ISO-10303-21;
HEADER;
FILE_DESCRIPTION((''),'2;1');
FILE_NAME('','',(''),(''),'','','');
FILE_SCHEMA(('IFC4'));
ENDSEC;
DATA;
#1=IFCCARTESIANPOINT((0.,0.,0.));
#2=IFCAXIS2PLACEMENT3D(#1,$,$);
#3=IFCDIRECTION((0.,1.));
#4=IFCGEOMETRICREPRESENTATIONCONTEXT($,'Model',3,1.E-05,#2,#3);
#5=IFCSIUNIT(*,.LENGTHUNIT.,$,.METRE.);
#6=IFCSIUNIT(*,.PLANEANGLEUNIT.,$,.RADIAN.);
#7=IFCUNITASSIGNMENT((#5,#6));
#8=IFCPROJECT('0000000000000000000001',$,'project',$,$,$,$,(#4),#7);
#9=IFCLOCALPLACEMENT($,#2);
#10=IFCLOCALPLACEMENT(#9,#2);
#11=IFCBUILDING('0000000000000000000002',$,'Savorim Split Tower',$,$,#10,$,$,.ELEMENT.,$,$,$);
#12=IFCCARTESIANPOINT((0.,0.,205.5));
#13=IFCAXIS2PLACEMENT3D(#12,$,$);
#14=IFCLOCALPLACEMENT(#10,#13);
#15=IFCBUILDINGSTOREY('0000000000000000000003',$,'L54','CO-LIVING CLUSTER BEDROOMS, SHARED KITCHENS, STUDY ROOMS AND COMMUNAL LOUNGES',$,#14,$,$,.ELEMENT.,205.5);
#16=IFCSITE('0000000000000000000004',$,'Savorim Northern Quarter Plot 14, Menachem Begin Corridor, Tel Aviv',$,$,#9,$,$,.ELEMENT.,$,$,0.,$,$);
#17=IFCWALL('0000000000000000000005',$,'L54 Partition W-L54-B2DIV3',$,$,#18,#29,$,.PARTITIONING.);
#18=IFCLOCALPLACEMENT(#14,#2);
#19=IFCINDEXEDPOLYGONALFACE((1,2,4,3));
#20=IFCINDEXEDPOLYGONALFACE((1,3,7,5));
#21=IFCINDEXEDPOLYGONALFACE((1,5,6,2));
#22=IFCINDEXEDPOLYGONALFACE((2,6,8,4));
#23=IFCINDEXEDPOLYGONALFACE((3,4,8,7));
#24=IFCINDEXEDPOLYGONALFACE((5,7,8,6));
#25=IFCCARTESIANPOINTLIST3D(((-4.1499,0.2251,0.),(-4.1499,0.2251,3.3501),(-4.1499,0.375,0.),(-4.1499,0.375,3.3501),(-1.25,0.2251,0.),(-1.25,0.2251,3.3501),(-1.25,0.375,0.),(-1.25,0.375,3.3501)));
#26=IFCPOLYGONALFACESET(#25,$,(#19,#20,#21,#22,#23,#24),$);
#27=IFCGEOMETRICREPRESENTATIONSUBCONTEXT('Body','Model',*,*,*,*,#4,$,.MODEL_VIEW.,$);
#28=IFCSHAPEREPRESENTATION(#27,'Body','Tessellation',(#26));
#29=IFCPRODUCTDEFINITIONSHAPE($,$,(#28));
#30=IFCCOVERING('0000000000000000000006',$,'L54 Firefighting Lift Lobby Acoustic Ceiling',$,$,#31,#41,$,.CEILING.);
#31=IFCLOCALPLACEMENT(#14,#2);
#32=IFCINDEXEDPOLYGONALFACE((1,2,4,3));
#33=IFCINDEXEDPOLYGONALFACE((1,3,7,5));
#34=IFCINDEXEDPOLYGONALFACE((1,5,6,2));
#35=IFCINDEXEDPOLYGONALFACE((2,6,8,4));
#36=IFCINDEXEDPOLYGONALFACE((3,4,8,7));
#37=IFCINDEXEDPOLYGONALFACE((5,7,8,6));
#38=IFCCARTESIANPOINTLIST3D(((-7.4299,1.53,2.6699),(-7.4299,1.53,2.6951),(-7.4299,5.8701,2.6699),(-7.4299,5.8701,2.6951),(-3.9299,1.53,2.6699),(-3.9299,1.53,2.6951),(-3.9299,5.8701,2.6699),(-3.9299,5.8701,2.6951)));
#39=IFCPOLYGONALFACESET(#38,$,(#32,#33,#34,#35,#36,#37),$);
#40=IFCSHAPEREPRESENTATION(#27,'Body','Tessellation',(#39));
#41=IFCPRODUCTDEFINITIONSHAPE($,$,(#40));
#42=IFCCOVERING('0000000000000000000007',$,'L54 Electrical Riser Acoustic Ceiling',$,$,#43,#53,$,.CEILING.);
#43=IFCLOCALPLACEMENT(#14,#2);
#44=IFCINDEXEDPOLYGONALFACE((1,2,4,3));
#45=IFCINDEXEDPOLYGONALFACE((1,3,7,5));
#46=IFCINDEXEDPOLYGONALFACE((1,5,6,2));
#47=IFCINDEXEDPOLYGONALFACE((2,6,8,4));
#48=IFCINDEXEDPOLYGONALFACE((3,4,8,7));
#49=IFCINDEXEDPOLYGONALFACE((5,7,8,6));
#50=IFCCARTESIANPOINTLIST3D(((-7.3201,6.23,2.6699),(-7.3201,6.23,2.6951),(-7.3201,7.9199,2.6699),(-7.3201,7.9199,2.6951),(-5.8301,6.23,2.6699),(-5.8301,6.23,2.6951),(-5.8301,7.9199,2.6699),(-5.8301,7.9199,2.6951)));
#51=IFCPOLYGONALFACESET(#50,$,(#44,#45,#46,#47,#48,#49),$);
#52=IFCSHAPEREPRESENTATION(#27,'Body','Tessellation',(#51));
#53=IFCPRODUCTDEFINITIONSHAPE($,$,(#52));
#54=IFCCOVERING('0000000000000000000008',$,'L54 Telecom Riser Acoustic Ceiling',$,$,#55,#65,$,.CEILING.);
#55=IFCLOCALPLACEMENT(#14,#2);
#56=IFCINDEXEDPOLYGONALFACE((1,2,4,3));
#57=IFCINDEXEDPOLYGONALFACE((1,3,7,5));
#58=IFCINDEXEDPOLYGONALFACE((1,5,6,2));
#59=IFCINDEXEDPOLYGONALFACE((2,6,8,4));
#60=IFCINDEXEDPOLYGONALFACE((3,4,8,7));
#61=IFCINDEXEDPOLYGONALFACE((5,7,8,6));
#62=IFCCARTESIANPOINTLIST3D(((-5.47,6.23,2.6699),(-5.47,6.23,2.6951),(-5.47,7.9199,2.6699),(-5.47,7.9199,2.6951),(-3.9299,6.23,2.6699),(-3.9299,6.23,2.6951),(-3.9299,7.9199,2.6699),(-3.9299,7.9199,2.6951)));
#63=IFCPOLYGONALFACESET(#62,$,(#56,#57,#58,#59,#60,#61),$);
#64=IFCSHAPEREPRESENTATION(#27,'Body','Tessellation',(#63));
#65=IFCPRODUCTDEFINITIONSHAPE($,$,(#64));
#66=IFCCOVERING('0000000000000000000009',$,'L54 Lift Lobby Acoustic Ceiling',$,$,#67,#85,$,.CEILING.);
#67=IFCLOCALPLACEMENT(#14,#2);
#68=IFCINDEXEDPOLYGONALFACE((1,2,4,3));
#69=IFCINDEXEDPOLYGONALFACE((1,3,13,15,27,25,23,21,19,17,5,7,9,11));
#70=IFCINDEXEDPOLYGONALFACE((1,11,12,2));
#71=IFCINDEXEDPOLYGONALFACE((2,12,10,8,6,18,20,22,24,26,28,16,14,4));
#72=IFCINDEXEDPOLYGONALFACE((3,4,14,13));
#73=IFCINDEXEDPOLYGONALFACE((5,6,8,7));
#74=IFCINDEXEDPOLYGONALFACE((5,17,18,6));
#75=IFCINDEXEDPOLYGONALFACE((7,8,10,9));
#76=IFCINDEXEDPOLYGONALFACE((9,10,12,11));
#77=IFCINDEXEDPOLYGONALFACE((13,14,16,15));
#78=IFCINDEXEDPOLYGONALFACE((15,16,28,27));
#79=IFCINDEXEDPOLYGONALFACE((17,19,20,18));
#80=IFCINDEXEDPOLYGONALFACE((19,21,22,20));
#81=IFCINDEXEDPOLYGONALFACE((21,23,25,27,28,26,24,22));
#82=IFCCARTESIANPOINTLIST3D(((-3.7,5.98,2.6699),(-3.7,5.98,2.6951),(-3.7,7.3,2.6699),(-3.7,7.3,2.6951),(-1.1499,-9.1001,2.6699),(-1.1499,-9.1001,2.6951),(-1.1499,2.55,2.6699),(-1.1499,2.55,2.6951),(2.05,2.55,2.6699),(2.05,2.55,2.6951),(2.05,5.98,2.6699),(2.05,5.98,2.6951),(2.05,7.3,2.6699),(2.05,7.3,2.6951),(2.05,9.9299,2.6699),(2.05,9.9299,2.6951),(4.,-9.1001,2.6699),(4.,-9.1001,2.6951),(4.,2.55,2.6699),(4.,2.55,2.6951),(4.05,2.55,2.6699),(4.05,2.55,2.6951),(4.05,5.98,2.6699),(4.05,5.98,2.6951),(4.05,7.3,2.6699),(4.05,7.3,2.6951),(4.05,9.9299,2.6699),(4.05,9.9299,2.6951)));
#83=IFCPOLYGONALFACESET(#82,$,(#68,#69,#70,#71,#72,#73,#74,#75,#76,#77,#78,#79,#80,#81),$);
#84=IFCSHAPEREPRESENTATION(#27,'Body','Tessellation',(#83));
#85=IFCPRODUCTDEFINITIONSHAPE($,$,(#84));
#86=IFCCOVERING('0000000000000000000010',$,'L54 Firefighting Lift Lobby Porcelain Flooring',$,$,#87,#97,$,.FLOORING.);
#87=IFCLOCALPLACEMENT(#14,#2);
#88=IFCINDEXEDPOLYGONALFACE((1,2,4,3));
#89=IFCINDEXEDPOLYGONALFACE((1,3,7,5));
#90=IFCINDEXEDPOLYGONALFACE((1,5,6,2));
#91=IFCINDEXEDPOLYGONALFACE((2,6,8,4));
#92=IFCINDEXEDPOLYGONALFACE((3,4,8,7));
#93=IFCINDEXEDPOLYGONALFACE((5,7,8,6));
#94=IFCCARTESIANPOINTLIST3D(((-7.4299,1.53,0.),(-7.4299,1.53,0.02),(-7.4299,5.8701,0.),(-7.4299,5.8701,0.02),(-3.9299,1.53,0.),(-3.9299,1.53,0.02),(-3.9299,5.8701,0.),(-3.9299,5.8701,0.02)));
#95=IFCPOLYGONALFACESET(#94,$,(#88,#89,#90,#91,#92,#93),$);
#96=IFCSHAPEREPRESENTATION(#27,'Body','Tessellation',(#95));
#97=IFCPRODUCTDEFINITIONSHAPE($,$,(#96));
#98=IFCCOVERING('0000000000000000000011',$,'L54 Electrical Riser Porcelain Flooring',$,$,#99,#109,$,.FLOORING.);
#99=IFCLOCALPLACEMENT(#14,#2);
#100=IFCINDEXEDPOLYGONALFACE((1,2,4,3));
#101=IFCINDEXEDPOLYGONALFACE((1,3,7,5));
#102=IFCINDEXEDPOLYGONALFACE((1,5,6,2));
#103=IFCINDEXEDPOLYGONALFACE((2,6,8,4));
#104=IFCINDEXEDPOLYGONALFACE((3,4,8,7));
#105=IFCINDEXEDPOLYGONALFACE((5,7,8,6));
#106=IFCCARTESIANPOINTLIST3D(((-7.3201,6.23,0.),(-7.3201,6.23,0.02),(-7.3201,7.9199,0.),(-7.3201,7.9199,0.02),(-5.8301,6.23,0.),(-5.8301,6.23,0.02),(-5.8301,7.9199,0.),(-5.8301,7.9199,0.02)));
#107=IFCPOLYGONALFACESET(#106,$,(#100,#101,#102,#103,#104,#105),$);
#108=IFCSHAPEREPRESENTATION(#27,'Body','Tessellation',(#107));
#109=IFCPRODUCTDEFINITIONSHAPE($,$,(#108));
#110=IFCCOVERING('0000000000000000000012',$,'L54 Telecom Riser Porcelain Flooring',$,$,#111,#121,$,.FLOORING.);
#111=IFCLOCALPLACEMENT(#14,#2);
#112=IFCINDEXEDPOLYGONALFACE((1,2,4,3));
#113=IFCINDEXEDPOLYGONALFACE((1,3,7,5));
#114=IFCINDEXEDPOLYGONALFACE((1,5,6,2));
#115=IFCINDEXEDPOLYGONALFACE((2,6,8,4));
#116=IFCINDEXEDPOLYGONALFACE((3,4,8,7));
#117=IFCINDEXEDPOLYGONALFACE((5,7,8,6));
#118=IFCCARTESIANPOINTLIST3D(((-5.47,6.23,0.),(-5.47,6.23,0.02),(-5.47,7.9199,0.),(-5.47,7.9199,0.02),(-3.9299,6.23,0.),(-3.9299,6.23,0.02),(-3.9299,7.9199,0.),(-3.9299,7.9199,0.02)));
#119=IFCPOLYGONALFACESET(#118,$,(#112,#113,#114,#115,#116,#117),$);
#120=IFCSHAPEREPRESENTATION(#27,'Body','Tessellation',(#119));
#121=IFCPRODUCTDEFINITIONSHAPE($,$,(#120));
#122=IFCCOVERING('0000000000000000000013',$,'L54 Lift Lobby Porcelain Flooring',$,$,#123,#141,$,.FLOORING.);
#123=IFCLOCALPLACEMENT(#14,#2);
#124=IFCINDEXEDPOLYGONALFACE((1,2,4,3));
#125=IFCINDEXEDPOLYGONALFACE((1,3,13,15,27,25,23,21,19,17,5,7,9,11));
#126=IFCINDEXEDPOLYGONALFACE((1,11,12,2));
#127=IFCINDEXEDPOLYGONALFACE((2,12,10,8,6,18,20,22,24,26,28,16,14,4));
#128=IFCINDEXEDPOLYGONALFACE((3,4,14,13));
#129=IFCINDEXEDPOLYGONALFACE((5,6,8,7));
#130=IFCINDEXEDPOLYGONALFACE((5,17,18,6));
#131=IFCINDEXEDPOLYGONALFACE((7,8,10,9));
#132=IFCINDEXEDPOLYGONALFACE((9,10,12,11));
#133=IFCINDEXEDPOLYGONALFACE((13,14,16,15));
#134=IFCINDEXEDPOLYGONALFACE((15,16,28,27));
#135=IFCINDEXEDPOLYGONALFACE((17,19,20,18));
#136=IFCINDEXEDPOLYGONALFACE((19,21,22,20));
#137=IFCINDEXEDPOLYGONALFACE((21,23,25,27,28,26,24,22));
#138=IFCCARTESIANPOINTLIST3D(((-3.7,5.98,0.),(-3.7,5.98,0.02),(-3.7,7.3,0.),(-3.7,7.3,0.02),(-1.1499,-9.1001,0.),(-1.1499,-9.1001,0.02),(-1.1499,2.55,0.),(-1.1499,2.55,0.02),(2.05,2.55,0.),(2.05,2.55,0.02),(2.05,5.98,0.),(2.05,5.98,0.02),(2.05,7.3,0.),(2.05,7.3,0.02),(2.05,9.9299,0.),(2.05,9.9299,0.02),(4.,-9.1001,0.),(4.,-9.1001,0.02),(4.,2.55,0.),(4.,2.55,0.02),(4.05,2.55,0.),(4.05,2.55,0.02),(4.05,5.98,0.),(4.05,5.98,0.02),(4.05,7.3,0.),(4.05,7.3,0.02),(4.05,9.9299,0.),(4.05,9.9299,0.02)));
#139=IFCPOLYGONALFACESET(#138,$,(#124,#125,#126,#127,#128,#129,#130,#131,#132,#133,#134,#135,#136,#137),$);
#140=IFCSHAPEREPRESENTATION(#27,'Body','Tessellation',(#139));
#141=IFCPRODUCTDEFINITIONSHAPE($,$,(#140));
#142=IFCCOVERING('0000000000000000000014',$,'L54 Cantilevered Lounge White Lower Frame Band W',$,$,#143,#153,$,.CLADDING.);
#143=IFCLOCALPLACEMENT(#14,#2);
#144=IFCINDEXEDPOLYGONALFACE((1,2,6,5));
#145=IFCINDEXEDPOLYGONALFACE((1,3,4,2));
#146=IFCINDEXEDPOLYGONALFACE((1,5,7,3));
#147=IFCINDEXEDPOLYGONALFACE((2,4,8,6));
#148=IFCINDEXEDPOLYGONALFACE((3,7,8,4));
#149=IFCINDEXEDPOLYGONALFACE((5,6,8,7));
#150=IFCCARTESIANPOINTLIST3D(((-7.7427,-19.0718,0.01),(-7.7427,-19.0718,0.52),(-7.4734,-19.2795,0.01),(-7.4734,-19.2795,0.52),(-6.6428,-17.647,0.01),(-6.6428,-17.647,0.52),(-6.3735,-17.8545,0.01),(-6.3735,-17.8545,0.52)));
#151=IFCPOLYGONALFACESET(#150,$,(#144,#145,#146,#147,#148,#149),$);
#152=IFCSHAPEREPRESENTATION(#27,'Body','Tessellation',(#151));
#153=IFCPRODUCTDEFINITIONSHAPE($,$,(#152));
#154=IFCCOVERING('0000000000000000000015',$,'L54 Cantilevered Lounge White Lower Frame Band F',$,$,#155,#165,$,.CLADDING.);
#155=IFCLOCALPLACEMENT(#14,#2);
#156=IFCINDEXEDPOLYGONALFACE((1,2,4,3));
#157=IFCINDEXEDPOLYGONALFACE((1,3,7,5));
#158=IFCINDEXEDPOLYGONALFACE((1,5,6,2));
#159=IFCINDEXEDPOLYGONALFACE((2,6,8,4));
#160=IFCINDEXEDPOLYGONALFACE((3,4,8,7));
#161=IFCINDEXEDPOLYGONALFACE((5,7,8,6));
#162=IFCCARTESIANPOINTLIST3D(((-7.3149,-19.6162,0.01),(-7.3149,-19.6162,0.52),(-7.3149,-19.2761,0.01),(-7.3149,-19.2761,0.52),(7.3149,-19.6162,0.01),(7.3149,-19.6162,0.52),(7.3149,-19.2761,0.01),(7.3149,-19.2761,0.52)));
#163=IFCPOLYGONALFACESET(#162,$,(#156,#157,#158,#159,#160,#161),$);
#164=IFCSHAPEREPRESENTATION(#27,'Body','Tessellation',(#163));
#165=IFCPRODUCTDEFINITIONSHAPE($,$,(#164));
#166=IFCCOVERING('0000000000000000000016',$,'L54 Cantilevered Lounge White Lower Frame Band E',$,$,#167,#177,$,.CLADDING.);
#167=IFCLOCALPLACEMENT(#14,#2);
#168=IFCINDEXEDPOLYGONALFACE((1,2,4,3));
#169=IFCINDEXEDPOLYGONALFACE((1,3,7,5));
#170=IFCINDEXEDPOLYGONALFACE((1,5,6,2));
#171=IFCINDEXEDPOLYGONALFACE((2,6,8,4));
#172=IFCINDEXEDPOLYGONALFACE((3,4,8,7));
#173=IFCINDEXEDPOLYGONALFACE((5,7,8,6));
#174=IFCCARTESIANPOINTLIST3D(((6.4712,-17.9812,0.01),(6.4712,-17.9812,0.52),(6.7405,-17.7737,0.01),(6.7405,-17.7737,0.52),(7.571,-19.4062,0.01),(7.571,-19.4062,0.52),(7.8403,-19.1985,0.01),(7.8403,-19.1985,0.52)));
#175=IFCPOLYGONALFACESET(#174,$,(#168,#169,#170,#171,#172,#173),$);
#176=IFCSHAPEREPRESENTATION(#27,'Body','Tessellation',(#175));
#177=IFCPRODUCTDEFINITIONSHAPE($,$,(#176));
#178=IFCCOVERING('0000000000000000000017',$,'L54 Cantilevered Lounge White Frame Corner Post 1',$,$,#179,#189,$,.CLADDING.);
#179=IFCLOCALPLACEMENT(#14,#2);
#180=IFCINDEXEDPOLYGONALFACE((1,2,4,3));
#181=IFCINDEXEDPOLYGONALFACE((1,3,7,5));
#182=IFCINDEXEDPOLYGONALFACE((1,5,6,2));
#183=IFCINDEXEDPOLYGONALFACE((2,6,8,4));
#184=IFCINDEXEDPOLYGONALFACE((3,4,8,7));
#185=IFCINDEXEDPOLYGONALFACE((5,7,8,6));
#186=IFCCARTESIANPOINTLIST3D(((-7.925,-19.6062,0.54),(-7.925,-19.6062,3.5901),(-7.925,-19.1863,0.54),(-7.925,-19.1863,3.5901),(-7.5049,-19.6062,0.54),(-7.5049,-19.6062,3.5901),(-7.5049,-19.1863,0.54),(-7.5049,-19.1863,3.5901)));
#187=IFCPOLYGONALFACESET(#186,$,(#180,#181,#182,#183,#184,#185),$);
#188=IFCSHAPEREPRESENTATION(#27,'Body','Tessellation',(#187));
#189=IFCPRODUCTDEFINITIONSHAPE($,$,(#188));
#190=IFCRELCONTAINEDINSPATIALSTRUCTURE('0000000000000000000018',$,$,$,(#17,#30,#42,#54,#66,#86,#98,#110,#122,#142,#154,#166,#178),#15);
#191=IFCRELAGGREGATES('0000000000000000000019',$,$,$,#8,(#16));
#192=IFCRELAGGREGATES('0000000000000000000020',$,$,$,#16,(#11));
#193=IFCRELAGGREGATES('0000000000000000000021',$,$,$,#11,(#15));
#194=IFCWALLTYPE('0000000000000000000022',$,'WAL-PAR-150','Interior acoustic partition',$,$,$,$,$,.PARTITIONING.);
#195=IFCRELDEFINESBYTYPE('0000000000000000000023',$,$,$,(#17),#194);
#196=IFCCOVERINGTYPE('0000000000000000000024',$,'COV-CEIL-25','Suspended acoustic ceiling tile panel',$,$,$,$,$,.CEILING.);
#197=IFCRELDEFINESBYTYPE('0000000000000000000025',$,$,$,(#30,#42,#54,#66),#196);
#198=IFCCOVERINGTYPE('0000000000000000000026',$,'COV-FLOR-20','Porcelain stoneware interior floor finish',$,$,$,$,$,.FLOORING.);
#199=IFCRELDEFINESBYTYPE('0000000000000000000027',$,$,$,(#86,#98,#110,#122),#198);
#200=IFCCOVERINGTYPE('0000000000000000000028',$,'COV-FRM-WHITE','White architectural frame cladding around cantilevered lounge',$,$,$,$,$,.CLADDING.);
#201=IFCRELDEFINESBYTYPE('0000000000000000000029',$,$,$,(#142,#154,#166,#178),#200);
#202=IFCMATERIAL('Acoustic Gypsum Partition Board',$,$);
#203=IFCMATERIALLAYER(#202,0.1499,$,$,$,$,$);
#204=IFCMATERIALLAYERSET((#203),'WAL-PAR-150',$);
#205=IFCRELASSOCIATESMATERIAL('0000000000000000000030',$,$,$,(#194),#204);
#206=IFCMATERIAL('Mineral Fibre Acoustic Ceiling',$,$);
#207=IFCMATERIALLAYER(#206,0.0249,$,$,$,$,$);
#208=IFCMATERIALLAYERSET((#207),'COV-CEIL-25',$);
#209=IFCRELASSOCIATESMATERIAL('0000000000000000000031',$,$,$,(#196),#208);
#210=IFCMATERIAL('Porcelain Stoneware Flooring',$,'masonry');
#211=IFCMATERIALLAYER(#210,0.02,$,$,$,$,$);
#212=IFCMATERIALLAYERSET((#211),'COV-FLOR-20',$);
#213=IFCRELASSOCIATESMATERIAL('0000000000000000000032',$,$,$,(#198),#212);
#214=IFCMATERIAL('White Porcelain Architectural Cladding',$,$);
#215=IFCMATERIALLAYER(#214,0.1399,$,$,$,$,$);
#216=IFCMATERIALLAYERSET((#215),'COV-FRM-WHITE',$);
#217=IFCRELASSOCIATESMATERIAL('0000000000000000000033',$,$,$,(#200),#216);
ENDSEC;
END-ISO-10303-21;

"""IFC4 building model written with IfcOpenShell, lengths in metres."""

from ifc_helpers import new_model, si_unit, direction, frame, frame_2d, origin, place, context, subcontext, project, spatial, polyline, rectangle, outline, extrude, material, layer, layer_set, type_object, element, save


model = new_model("IFC4")

# Units and contexts
model_context = context("Model", 3, precision=1e-05, world=origin(), true_north=direction((0.0, 1.0)))
body_context = subcontext(model_context, "Body", "Model", "MODEL_VIEW")
ifc_project = project(units=[si_unit("LENGTHUNIT", "METRE"), si_unit("PLANEANGLEUNIT", "RADIAN")], contexts=[model_context])

# Site, building, storey
site_placement = place(None, origin())
site = spatial("IfcSite", under=ifc_project, at=site_placement, Name="Savorim Northern Quarter Plot 14, Menachem Begin Corridor, Tel Aviv", CompositionType="ELEMENT", RefElevation=0.0)
building_placement = place(site_placement, origin())
building = spatial("IfcBuilding", under=site, at=building_placement, Name="Savorim Split Tower", CompositionType="ELEMENT")
storey_placement = place(building_placement, frame((0.0, 0.0, 205.5)))
storey = spatial("IfcBuildingStorey", under=building, at=storey_placement, Name="L54", Description="CO-LIVING CLUSTER BEDROOMS, SHARED KITCHENS, STUDY ROOMS AND COMMUNAL LOUNGES", CompositionType="ELEMENT", Elevation=205.5)

# Wall
ifc_material_1 = material(Name="Acoustic Gypsum Partition Board")
ifc_layer_1 = layer(ifc_material_1, 0.1499)
ifc_layer_set_1 = layer_set([ifc_layer_1], Name="WAL-PAR-150")
wall_type_1 = type_object("IfcWallType", Name="WAL-PAR-150", Description="Interior acoustic partition", PredefinedType="PARTITIONING", material=ifc_layer_set_1)
wall_1_placement = place(storey_placement, frame((-4.1499, 0.3, 0.0), z_axis=(0.0, 0.0, 1.0), x_axis=(1.0, 0.0, 0.0)))
element("IfcWall", 1, at=wall_1_placement, inside=storey, type_object=wall_type_1, Name="L54 Partition W-L54-B2DIV3", PredefinedType="PARTITIONING", context=body_context, shape_type="SweptSolid", body=[
    extrude(rectangle(XDim=2.8999, YDim=0.1499, at=frame_2d((1.45, 0.0))), origin(), (0.0, 0.0, 1.0), 3.3501),
])

# Coverings
ifc_material_2 = material(Name="Mineral Fibre Acoustic Ceiling")
ifc_layer_2 = layer(ifc_material_2, 0.0249)
ifc_layer_set_2 = layer_set([ifc_layer_2], Name="COV-CEIL-25")
covering_type_1 = type_object("IfcCoveringType", Name="COV-CEIL-25", Description="Suspended acoustic ceiling tile panel", PredefinedType="CEILING", material=ifc_layer_set_2)
covering_1_placement = place(storey_placement, frame((0.0, 0.0, 2.6699)))
element("IfcCovering", 2, at=covering_1_placement, inside=storey, type_object=covering_type_1, Name="L54 Firefighting Lift Lobby Acoustic Ceiling", PredefinedType="CEILING", context=body_context, shape_type="SweptSolid", body=[
    extrude(outline(polyline([(-7.4299, 5.8701), (-7.4299, 1.53), (-3.9299, 1.53), (-3.9299, 5.8701), (-7.4299, 5.8701)])), origin(), (0.0, 0.0, 1.0), 0.0251),
])
covering_2_placement = place(storey_placement, frame((0.0, 0.0, 2.6699)))
element("IfcCovering", 3, at=covering_2_placement, inside=storey, type_object=covering_type_1, Name="L54 Electrical Riser Acoustic Ceiling", PredefinedType="CEILING", context=body_context, shape_type="SweptSolid", body=[
    extrude(outline(polyline([(-7.3201, 7.9199), (-7.3201, 6.23), (-5.8301, 6.23), (-5.8301, 7.9199), (-7.3201, 7.9199)])), origin(), (0.0, 0.0, 1.0), 0.0251),
])
covering_3_placement = place(storey_placement, frame((0.0, 0.0, 2.6699)))
element("IfcCovering", 4, at=covering_3_placement, inside=storey, type_object=covering_type_1, Name="L54 Telecom Riser Acoustic Ceiling", PredefinedType="CEILING", context=body_context, shape_type="SweptSolid", body=[
    extrude(outline(polyline([(-5.47, 7.9199), (-5.47, 6.23), (-3.9299, 6.23), (-3.9299, 7.9199), (-5.47, 7.9199)])), origin(), (0.0, 0.0, 1.0), 0.0251),
])
covering_4_placement = place(storey_placement, frame((0.0, 0.0, 2.6699)))
element("IfcCovering", 5, at=covering_4_placement, inside=storey, type_object=covering_type_1, Name="L54 Lift Lobby Acoustic Ceiling", PredefinedType="CEILING", context=body_context, shape_type="SweptSolid", body=[
    extrude(outline(polyline([(2.05, 2.55), (-1.1499, 2.55), (-1.1499, -9.1001), (4.0, -9.1001), (4.0, 2.55), (4.05, 2.55), (4.05, 5.98), (4.05, 7.3), (4.05, 9.9299), (2.05, 9.9299), (2.05, 7.3), (-3.7, 7.3), (-3.7, 5.98), (2.05, 5.98), (2.05, 2.55)])), origin(), (0.0, 0.0, 1.0), 0.0251),
])
ifc_material_3 = material(Name="Porcelain Stoneware Flooring", Category="masonry")
ifc_layer_3 = layer(ifc_material_3, 0.02)
ifc_layer_set_3 = layer_set([ifc_layer_3], Name="COV-FLOR-20")
covering_type_2 = type_object("IfcCoveringType", Name="COV-FLOR-20", Description="Porcelain stoneware interior floor finish", PredefinedType="FLOORING", material=ifc_layer_set_3)
covering_5_placement = place(storey_placement, origin())
element("IfcCovering", 6, at=covering_5_placement, inside=storey, type_object=covering_type_2, Name="L54 Firefighting Lift Lobby Porcelain Flooring", PredefinedType="FLOORING", context=body_context, shape_type="SweptSolid", body=[
    extrude(outline(polyline([(-7.4299, 5.8701), (-7.4299, 1.53), (-3.9299, 1.53), (-3.9299, 5.8701), (-7.4299, 5.8701)])), origin(), (0.0, 0.0, 1.0), 0.02),
])
covering_6_placement = place(storey_placement, origin())
element("IfcCovering", 7, at=covering_6_placement, inside=storey, type_object=covering_type_2, Name="L54 Electrical Riser Porcelain Flooring", PredefinedType="FLOORING", context=body_context, shape_type="SweptSolid", body=[
    extrude(outline(polyline([(-7.3201, 7.9199), (-7.3201, 6.23), (-5.8301, 6.23), (-5.8301, 7.9199), (-7.3201, 7.9199)])), origin(), (0.0, 0.0, 1.0), 0.02),
])
covering_7_placement = place(storey_placement, origin())
element("IfcCovering", 8, at=covering_7_placement, inside=storey, type_object=covering_type_2, Name="L54 Telecom Riser Porcelain Flooring", PredefinedType="FLOORING", context=body_context, shape_type="SweptSolid", body=[
    extrude(outline(polyline([(-5.47, 7.9199), (-5.47, 6.23), (-3.9299, 6.23), (-3.9299, 7.9199), (-5.47, 7.9199)])), origin(), (0.0, 0.0, 1.0), 0.02),
])
covering_8_placement = place(storey_placement, origin())
element("IfcCovering", 9, at=covering_8_placement, inside=storey, type_object=covering_type_2, Name="L54 Lift Lobby Porcelain Flooring", PredefinedType="FLOORING", context=body_context, shape_type="SweptSolid", body=[
    extrude(outline(polyline([(2.05, 2.55), (-1.1499, 2.55), (-1.1499, -9.1001), (4.0, -9.1001), (4.0, 2.55), (4.05, 2.55), (4.05, 5.98), (4.05, 7.3), (4.05, 9.9299), (2.05, 9.9299), (2.05, 7.3), (-3.7, 7.3), (-3.7, 5.98), (2.05, 5.98), (2.05, 2.55)])), origin(), (0.0, 0.0, 1.0), 0.02),
])
ifc_material_4 = material(Name="White Porcelain Architectural Cladding")
ifc_layer_4 = layer(ifc_material_4, 0.1399)
ifc_layer_set_4 = layer_set([ifc_layer_4], Name="COV-FRM-WHITE")
covering_type_3 = type_object("IfcCoveringType", Name="COV-FRM-WHITE", Description="White architectural frame cladding around cantilevered lounge", PredefinedType="CLADDING", material=ifc_layer_set_4)
covering_9_placement = place(storey_placement, frame((0.0, 0.0, 0.01)))
element("IfcCovering", 10, at=covering_9_placement, inside=storey, type_object=covering_type_3, Name="L54 Cantilevered Lounge White Lower Frame Band W", PredefinedType="CLADDING", context=body_context, shape_type="SweptSolid", body=[
    extrude(outline(polyline([(-6.6428, -17.647), (-7.7427, -19.0718), (-7.4734, -19.2795), (-6.3735, -17.8545), (-6.6428, -17.647)])), origin(), (0.0, 0.0, 1.0), 0.51),
])
covering_10_placement = place(storey_placement, frame((0.0, 0.0, 0.01)))
element("IfcCovering", 11, at=covering_10_placement, inside=storey, type_object=covering_type_3, Name="L54 Cantilevered Lounge White Lower Frame Band F", PredefinedType="CLADDING", context=body_context, shape_type="SweptSolid", body=[
    extrude(outline(polyline([(-7.3149, -19.6162), (7.3149, -19.6162), (7.3149, -19.2761), (-7.3149, -19.2761), (-7.3149, -19.6162)])), origin(), (0.0, 0.0, 1.0), 0.51),
])
covering_11_placement = place(storey_placement, frame((0.0, 0.0, 0.01)))
element("IfcCovering", 12, at=covering_11_placement, inside=storey, type_object=covering_type_3, Name="L54 Cantilevered Lounge White Lower Frame Band E", PredefinedType="CLADDING", context=body_context, shape_type="SweptSolid", body=[
    extrude(outline(polyline([(7.8403, -19.1985), (6.7405, -17.7737), (6.4712, -17.9812), (7.571, -19.4062), (7.8403, -19.1985)])), origin(), (0.0, 0.0, 1.0), 0.51),
])
covering_12_placement = place(storey_placement, frame((0.0, 0.0, 0.54)))
element("IfcCovering", 13, at=covering_12_placement, inside=storey, type_object=covering_type_3, Name="L54 Cantilevered Lounge White Frame Corner Post 1", PredefinedType="CLADDING", context=body_context, shape_type="SweptSolid", body=[
    extrude(outline(polyline([(-7.925, -19.6062), (-7.5049, -19.6062), (-7.5049, -19.1863), (-7.925, -19.1863), (-7.925, -19.6062)])), origin(), (0.0, 0.0, 1.0), 3.05),
])

save(model, "model.ifc")
